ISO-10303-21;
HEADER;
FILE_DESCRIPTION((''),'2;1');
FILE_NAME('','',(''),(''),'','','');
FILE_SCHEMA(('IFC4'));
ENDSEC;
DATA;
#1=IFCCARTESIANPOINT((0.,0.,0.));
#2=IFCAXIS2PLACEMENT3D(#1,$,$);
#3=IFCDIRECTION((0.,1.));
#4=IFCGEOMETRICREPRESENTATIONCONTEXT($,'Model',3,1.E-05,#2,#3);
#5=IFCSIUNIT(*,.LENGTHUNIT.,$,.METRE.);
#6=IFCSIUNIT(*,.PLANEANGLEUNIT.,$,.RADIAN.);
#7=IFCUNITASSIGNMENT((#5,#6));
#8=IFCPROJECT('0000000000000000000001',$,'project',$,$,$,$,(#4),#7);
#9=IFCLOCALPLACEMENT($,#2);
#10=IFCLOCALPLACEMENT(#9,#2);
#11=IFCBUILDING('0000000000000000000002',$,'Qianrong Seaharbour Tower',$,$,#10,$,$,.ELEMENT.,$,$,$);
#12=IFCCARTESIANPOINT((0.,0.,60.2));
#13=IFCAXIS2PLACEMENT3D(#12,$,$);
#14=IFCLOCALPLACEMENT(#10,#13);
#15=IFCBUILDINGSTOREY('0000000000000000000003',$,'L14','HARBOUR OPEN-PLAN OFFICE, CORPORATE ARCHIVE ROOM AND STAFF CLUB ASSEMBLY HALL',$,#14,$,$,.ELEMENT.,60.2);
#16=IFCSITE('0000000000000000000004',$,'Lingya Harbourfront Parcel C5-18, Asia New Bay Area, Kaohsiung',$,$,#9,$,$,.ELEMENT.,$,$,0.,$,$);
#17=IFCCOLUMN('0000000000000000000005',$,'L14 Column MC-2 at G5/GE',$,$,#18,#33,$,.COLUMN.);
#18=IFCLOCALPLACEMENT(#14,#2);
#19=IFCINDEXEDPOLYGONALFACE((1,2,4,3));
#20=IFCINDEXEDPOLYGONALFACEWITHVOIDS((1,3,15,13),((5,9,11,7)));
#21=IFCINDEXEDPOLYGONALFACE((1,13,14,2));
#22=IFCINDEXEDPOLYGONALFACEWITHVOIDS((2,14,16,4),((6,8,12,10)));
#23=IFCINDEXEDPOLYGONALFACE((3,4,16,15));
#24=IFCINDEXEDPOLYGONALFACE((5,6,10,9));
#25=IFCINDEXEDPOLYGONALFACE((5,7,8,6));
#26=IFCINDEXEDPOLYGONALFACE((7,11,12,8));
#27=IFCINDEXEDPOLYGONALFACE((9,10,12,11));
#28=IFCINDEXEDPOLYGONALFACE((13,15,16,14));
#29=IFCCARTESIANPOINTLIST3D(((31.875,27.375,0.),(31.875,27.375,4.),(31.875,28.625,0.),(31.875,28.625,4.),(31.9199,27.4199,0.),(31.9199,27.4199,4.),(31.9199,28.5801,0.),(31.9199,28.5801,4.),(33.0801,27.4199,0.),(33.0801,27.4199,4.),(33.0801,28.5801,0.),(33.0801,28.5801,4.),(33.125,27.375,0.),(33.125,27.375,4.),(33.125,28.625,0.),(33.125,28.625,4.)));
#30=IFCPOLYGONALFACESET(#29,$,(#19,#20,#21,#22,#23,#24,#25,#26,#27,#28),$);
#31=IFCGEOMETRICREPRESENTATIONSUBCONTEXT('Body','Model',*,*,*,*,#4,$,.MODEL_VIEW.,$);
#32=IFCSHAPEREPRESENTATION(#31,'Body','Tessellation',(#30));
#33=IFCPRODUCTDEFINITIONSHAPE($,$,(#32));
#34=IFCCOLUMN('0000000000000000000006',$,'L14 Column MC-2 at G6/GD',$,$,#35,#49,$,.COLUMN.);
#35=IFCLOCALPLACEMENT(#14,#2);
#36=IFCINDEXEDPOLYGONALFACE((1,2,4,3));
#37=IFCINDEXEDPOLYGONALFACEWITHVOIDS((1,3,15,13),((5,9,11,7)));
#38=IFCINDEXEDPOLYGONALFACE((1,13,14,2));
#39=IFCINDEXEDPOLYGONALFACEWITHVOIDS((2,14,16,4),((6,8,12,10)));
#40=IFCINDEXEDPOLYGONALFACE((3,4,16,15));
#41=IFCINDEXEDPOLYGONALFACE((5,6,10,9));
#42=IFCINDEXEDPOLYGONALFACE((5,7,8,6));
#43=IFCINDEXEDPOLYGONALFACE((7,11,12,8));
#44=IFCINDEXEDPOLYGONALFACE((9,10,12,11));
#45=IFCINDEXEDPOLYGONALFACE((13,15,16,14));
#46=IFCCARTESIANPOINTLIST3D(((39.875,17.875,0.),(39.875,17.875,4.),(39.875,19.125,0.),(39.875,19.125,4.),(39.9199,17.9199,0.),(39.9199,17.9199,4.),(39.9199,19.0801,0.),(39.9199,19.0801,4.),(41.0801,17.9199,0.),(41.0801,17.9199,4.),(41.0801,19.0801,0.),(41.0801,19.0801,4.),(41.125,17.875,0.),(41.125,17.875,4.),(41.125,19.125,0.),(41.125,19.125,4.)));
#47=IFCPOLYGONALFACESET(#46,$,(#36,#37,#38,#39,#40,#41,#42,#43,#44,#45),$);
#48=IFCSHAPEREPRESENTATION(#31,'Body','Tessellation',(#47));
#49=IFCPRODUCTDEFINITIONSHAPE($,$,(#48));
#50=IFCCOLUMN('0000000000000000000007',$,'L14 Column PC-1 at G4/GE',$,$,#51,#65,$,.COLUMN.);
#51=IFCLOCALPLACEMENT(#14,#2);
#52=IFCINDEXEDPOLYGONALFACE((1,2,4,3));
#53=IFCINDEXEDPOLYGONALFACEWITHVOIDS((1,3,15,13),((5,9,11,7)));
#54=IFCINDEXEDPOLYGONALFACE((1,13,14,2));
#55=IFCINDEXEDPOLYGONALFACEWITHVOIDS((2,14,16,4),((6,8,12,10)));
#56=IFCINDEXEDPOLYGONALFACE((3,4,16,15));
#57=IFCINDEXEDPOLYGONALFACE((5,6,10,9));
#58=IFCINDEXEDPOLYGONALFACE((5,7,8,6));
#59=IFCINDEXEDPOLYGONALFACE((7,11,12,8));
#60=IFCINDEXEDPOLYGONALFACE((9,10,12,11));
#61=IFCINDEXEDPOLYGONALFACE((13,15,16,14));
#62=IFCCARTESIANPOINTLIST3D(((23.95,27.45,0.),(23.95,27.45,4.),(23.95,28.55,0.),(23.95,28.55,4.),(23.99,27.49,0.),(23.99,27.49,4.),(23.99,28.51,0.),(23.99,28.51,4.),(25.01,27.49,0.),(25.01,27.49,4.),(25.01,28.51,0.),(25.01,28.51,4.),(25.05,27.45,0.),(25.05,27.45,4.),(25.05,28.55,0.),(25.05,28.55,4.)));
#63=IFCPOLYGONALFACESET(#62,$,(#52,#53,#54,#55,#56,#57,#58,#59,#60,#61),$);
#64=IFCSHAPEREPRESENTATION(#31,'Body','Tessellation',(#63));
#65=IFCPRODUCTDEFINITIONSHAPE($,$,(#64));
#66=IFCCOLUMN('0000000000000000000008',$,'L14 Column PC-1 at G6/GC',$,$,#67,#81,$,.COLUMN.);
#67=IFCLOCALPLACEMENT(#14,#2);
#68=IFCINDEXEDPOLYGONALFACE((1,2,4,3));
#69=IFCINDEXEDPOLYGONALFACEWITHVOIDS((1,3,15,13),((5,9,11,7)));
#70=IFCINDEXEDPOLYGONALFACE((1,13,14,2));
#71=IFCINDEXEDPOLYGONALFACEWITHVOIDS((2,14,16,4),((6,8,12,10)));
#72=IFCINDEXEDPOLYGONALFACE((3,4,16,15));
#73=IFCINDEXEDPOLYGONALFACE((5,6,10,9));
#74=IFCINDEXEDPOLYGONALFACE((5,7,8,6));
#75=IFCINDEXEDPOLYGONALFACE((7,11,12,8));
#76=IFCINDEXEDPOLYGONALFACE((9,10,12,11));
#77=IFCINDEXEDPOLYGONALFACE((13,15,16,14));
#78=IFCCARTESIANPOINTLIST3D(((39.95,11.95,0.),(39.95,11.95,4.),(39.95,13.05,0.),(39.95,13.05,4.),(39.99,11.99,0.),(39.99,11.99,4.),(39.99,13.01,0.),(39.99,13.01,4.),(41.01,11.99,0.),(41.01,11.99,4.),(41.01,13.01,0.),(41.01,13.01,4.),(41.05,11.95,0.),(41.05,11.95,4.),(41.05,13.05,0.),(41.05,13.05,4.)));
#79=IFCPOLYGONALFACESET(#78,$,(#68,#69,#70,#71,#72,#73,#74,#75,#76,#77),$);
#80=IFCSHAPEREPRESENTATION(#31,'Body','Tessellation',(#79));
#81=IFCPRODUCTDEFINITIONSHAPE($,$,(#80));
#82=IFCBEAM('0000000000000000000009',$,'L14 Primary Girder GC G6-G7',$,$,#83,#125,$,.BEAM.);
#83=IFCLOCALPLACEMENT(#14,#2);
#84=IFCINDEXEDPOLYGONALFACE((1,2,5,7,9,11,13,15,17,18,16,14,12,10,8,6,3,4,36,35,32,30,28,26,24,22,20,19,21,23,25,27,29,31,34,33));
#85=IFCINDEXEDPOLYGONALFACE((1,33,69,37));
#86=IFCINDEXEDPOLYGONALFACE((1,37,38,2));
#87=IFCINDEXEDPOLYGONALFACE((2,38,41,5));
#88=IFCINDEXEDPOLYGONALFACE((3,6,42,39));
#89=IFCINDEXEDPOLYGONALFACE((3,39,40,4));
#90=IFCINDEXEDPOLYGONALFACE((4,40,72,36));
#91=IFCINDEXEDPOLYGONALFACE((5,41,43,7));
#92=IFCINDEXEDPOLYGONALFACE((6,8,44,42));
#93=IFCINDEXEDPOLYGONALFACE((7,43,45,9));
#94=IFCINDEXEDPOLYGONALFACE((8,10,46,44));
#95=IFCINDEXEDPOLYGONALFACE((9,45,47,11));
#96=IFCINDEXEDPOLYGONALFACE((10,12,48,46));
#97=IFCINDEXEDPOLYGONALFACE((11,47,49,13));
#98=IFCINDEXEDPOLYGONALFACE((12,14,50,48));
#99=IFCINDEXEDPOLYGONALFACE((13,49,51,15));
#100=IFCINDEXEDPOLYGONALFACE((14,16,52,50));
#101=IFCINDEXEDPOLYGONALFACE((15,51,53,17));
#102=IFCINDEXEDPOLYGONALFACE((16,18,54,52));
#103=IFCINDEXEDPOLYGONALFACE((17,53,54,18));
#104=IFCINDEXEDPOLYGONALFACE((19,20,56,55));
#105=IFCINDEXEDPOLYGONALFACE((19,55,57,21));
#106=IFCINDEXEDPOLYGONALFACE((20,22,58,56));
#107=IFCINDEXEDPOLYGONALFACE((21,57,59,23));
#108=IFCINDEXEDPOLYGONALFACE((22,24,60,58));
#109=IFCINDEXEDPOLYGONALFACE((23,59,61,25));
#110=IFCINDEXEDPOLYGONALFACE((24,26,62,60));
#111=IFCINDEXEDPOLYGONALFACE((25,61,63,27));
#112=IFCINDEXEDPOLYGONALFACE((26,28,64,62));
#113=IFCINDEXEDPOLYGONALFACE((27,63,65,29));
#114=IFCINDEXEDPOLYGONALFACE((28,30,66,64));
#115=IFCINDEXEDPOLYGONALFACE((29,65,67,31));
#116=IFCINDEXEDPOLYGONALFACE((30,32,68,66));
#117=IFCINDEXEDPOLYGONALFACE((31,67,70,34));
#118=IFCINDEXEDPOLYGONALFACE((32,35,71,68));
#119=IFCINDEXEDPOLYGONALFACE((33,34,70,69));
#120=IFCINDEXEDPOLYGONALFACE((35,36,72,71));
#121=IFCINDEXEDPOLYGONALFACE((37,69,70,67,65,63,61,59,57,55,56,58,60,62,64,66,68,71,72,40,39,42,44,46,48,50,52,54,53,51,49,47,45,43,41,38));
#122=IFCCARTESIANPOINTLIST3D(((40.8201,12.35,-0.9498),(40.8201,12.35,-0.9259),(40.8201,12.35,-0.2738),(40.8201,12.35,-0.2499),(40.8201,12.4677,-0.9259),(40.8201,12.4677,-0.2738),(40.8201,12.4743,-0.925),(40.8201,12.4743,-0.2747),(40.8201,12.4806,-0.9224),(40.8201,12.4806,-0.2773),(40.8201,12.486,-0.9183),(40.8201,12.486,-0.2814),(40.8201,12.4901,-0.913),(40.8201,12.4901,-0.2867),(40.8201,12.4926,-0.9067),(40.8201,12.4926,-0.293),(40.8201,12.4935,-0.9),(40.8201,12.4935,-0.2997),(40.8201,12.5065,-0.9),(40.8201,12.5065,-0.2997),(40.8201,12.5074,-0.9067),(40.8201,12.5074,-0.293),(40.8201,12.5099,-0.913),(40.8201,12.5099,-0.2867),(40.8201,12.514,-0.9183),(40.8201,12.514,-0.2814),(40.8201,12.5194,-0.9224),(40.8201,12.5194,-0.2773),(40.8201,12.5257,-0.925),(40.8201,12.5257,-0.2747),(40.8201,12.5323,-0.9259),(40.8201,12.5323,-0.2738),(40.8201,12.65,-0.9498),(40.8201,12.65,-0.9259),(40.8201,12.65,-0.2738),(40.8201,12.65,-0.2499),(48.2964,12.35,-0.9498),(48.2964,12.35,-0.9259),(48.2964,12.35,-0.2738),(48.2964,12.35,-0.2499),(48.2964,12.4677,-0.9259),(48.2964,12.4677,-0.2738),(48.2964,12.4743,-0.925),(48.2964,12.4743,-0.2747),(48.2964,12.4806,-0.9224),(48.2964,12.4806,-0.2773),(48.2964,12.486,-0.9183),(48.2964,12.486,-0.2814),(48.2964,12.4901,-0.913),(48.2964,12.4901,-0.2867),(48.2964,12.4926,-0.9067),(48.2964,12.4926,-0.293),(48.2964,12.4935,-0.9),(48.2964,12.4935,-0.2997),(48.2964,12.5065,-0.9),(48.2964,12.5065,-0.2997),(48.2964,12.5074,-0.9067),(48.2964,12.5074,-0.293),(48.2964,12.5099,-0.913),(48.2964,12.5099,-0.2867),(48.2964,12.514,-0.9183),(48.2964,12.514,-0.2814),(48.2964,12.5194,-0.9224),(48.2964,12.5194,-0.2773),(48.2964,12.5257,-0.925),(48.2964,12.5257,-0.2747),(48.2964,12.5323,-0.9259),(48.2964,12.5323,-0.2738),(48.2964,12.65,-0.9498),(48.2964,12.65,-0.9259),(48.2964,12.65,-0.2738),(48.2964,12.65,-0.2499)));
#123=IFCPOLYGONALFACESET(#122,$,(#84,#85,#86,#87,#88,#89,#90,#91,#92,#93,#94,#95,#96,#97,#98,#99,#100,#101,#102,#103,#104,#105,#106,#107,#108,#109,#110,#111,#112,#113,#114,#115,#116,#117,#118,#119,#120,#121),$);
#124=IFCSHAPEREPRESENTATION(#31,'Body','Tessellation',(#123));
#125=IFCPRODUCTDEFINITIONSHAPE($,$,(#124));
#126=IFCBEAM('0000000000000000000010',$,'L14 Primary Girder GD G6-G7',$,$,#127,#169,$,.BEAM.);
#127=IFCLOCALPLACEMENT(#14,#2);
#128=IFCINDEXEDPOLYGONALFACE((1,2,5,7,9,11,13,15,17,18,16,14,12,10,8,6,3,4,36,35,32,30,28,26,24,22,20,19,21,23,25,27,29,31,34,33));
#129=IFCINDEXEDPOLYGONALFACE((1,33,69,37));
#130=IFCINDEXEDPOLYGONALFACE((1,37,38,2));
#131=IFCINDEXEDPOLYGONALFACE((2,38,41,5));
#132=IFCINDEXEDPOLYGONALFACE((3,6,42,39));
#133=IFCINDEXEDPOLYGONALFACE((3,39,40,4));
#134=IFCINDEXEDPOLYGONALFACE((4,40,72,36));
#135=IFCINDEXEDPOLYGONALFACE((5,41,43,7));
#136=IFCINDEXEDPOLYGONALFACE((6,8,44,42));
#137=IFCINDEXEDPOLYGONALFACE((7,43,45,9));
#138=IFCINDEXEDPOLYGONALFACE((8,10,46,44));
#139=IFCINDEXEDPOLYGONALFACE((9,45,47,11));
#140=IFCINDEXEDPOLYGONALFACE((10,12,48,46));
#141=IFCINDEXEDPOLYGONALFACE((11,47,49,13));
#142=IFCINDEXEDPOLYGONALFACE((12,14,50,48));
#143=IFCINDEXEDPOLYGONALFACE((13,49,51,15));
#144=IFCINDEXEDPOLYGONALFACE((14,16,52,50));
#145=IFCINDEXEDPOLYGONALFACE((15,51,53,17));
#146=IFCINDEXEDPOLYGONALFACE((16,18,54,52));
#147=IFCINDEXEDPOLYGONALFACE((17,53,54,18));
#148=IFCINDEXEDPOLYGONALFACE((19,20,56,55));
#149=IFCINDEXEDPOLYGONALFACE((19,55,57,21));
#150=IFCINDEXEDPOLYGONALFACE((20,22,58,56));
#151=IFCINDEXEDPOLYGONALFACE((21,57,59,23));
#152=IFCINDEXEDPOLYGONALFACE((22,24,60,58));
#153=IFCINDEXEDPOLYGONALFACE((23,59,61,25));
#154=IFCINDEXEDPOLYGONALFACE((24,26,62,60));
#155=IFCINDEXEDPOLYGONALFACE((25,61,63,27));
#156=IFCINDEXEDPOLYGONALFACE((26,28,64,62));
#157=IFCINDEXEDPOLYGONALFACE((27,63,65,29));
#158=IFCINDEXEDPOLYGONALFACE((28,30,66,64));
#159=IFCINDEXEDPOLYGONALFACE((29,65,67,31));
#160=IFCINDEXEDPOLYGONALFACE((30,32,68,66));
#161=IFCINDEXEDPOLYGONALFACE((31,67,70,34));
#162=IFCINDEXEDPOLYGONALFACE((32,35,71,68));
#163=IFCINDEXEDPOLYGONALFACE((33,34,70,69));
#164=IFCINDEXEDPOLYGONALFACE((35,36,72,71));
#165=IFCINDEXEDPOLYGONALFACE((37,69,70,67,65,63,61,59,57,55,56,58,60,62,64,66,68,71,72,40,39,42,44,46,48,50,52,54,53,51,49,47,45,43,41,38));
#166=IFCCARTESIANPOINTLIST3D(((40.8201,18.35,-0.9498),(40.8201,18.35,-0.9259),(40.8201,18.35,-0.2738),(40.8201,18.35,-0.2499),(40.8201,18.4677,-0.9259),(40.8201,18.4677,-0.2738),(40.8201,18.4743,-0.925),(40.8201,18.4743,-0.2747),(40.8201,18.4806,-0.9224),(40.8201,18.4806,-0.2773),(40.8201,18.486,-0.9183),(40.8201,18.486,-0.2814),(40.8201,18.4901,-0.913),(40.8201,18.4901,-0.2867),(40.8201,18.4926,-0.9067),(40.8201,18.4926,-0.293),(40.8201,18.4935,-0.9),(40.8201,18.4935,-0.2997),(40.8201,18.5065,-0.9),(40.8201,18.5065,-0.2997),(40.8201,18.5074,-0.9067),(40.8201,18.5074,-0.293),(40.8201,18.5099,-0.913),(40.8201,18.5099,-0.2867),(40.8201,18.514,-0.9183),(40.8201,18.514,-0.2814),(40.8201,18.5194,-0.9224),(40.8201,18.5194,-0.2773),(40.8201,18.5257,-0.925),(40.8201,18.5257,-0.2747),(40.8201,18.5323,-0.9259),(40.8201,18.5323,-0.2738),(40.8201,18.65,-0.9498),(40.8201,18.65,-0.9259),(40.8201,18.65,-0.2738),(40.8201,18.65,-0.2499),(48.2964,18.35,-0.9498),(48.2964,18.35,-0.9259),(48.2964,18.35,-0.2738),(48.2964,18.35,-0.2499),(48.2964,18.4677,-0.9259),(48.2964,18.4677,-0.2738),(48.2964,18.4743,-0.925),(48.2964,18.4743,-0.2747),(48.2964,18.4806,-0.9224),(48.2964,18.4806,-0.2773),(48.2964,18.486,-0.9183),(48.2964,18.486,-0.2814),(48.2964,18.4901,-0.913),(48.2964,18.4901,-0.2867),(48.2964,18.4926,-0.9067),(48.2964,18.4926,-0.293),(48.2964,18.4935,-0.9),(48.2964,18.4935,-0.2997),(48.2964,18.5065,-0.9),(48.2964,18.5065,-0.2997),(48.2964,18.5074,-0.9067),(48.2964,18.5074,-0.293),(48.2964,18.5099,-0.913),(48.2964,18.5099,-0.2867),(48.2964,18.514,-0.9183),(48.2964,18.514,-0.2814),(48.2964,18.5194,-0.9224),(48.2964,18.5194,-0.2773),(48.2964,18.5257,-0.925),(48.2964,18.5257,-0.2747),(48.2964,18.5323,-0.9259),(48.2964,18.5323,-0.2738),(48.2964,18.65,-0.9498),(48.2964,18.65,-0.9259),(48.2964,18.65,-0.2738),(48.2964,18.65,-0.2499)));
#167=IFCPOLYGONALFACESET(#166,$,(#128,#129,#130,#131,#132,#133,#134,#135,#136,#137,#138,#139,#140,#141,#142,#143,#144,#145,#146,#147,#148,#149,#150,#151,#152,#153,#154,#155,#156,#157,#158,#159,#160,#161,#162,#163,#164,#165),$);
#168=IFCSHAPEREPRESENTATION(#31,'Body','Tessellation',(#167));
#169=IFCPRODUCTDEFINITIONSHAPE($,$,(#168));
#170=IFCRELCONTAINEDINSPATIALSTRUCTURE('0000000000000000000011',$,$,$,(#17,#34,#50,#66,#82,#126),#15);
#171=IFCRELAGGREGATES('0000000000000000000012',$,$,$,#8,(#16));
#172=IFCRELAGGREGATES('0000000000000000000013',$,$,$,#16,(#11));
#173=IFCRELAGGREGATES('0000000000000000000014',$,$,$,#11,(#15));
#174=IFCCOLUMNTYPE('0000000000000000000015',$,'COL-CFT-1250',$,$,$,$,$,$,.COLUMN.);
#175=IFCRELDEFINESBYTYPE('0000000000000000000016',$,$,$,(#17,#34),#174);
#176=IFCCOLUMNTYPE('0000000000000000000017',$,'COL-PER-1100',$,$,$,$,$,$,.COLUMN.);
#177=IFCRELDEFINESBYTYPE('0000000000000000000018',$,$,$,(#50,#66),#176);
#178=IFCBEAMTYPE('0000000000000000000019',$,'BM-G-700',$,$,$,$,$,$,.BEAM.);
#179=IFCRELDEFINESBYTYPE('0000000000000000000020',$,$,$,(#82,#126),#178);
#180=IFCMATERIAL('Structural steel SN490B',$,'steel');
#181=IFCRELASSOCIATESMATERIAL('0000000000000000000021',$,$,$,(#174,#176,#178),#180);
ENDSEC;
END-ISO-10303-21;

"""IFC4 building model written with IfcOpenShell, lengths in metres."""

from ifc_helpers import new_model, si_unit, direction, frame, origin, origin_2d, place, context, subcontext, project, spatial, hollow_rectangle, i_section, extrude, material, material_profile, profile_set, type_object, element, save


model = new_model("IFC4")

# Units and contexts
model_context = context("Model", 3, precision=1e-05, world=origin(), true_north=direction((0.0, 1.0)))
body_context = subcontext(model_context, "Body", "Model", "MODEL_VIEW")
ifc_project = project(units=[si_unit("LENGTHUNIT", "METRE"), si_unit("PLANEANGLEUNIT", "RADIAN")], contexts=[model_context])

# Site, building, storey
site_placement = place(None, origin())
site = spatial("IfcSite", under=ifc_project, at=site_placement, Name="Lingya Harbourfront Parcel C5-18, Asia New Bay Area, Kaohsiung", CompositionType="ELEMENT", RefElevation=0.0)
building_placement = place(site_placement, origin())
building = spatial("IfcBuilding", under=site, at=building_placement, Name="Qianrong Seaharbour Tower", CompositionType="ELEMENT")
storey_placement = place(building_placement, frame((0.0, 0.0, 60.2)))
storey = spatial("IfcBuildingStorey", under=building, at=storey_placement, Name="L14", Description="HARBOUR OPEN-PLAN OFFICE, CORPORATE ARCHIVE ROOM AND STAFF CLUB ASSEMBLY HALL", CompositionType="ELEMENT", Elevation=60.2)

# Columns
ifc_material_1 = material(Name="Structural steel SN490B", Category="steel")
ifc_material_profile_1 = material_profile(ifc_material_1, hollow_rectangle(XDim=1.25, YDim=1.25, WallThickness=0.0449, at=origin_2d()), Name="BOX1250x1250x45")
ifc_profile_set_1 = profile_set([ifc_material_profile_1], Name="Structural steel SN490B")
column_type_1 = type_object("IfcColumnType", Name="COL-CFT-1250", PredefinedType="COLUMN", material=ifc_profile_set_1)
for number, where, z_axis, x_axis, name in (
    (1, (32.5, 28.0, 0.0), (0.0, 0.0, 1.0), (1.0, 0.0, 0.0), "L14 Column MC-2 at G5/GE"),
    (2, (40.5, 18.5, 0.0), (0.0, 0.0, 1.0), (1.0, 0.0, 0.0), "L14 Column MC-2 at G6/GD"),
):
    element("IfcColumn", number, at=place(storey_placement, frame(where, z_axis=z_axis, x_axis=x_axis)), inside=storey, type_object=column_type_1, Name=name, PredefinedType="COLUMN", context=body_context, shape_type="SweptSolid", body=[
        extrude(hollow_rectangle(XDim=1.25, YDim=1.25, WallThickness=0.0449, at=origin_2d()), origin(), (0.0, 0.0, 1.0), 4.0),
    ])
ifc_material_profile_2 = material_profile(ifc_material_1, hollow_rectangle(XDim=1.1001, YDim=1.1001, WallThickness=0.04, at=origin_2d()), Name="BOX1100x1100x40")
ifc_profile_set_2 = profile_set([ifc_material_profile_2], Name="Structural steel SN490B")
column_type_2 = type_object("IfcColumnType", Name="COL-PER-1100", PredefinedType="COLUMN", material=ifc_profile_set_2)
for number, where, z_axis, x_axis, name in (
    (3, (24.5, 28.0, 0.0), (0.0, 0.0, 1.0), (1.0, 0.0, 0.0), "L14 Column PC-1 at G4/GE"),
    (4, (40.5, 12.5, 0.0), (0.0, 0.0, 1.0), (1.0, 0.0, 0.0), "L14 Column PC-1 at G6/GC"),
):
    element("IfcColumn", number, at=place(storey_placement, frame(where, z_axis=z_axis, x_axis=x_axis)), inside=storey, type_object=column_type_2, Name=name, PredefinedType="COLUMN", context=body_context, shape_type="SweptSolid", body=[
        extrude(hollow_rectangle(XDim=1.1001, YDim=1.1001, WallThickness=0.04, at=origin_2d()), origin(), (0.0, 0.0, 1.0), 4.0),
    ])

# Beams
ifc_material_profile_3 = material_profile(ifc_material_1, i_section(OverallWidth=0.3, OverallDepth=0.7, WebThickness=0.0129, FlangeThickness=0.0239, FilletRadius=0.0259, at=origin_2d()), Name="H700x300x13x24")
ifc_profile_set_3 = profile_set([ifc_material_profile_3], Name="Structural steel SN490B")
beam_type_1 = type_object("IfcBeamType", Name="BM-G-700", PredefinedType="BEAM", material=ifc_profile_set_3)
for number, where, z_axis, x_axis, name in (
    (5, (40.8201, 12.5, -0.5999), (1.0, 0.0, 0.0), (0.0, 1.0, 0.0), "L14 Primary Girder GC G6-G7"),
    (6, (40.8201, 18.5, -0.5999), (1.0, 0.0, 0.0), (0.0, 1.0, 0.0), "L14 Primary Girder GD G6-G7"),
):
    element("IfcBeam", number, at=place(storey_placement, frame(where, z_axis=z_axis, x_axis=x_axis)), inside=storey, type_object=beam_type_1, Name=name, PredefinedType="BEAM", context=body_context, shape_type="SweptSolid", body=[
        extrude(i_section(OverallWidth=0.3, OverallDepth=0.7, WebThickness=0.0129, FlangeThickness=0.0239, FilletRadius=0.0259, at=origin_2d()), origin(), (0.0, 0.0, 1.0), 7.4763),
    ])

save(model, "model.ifc")
